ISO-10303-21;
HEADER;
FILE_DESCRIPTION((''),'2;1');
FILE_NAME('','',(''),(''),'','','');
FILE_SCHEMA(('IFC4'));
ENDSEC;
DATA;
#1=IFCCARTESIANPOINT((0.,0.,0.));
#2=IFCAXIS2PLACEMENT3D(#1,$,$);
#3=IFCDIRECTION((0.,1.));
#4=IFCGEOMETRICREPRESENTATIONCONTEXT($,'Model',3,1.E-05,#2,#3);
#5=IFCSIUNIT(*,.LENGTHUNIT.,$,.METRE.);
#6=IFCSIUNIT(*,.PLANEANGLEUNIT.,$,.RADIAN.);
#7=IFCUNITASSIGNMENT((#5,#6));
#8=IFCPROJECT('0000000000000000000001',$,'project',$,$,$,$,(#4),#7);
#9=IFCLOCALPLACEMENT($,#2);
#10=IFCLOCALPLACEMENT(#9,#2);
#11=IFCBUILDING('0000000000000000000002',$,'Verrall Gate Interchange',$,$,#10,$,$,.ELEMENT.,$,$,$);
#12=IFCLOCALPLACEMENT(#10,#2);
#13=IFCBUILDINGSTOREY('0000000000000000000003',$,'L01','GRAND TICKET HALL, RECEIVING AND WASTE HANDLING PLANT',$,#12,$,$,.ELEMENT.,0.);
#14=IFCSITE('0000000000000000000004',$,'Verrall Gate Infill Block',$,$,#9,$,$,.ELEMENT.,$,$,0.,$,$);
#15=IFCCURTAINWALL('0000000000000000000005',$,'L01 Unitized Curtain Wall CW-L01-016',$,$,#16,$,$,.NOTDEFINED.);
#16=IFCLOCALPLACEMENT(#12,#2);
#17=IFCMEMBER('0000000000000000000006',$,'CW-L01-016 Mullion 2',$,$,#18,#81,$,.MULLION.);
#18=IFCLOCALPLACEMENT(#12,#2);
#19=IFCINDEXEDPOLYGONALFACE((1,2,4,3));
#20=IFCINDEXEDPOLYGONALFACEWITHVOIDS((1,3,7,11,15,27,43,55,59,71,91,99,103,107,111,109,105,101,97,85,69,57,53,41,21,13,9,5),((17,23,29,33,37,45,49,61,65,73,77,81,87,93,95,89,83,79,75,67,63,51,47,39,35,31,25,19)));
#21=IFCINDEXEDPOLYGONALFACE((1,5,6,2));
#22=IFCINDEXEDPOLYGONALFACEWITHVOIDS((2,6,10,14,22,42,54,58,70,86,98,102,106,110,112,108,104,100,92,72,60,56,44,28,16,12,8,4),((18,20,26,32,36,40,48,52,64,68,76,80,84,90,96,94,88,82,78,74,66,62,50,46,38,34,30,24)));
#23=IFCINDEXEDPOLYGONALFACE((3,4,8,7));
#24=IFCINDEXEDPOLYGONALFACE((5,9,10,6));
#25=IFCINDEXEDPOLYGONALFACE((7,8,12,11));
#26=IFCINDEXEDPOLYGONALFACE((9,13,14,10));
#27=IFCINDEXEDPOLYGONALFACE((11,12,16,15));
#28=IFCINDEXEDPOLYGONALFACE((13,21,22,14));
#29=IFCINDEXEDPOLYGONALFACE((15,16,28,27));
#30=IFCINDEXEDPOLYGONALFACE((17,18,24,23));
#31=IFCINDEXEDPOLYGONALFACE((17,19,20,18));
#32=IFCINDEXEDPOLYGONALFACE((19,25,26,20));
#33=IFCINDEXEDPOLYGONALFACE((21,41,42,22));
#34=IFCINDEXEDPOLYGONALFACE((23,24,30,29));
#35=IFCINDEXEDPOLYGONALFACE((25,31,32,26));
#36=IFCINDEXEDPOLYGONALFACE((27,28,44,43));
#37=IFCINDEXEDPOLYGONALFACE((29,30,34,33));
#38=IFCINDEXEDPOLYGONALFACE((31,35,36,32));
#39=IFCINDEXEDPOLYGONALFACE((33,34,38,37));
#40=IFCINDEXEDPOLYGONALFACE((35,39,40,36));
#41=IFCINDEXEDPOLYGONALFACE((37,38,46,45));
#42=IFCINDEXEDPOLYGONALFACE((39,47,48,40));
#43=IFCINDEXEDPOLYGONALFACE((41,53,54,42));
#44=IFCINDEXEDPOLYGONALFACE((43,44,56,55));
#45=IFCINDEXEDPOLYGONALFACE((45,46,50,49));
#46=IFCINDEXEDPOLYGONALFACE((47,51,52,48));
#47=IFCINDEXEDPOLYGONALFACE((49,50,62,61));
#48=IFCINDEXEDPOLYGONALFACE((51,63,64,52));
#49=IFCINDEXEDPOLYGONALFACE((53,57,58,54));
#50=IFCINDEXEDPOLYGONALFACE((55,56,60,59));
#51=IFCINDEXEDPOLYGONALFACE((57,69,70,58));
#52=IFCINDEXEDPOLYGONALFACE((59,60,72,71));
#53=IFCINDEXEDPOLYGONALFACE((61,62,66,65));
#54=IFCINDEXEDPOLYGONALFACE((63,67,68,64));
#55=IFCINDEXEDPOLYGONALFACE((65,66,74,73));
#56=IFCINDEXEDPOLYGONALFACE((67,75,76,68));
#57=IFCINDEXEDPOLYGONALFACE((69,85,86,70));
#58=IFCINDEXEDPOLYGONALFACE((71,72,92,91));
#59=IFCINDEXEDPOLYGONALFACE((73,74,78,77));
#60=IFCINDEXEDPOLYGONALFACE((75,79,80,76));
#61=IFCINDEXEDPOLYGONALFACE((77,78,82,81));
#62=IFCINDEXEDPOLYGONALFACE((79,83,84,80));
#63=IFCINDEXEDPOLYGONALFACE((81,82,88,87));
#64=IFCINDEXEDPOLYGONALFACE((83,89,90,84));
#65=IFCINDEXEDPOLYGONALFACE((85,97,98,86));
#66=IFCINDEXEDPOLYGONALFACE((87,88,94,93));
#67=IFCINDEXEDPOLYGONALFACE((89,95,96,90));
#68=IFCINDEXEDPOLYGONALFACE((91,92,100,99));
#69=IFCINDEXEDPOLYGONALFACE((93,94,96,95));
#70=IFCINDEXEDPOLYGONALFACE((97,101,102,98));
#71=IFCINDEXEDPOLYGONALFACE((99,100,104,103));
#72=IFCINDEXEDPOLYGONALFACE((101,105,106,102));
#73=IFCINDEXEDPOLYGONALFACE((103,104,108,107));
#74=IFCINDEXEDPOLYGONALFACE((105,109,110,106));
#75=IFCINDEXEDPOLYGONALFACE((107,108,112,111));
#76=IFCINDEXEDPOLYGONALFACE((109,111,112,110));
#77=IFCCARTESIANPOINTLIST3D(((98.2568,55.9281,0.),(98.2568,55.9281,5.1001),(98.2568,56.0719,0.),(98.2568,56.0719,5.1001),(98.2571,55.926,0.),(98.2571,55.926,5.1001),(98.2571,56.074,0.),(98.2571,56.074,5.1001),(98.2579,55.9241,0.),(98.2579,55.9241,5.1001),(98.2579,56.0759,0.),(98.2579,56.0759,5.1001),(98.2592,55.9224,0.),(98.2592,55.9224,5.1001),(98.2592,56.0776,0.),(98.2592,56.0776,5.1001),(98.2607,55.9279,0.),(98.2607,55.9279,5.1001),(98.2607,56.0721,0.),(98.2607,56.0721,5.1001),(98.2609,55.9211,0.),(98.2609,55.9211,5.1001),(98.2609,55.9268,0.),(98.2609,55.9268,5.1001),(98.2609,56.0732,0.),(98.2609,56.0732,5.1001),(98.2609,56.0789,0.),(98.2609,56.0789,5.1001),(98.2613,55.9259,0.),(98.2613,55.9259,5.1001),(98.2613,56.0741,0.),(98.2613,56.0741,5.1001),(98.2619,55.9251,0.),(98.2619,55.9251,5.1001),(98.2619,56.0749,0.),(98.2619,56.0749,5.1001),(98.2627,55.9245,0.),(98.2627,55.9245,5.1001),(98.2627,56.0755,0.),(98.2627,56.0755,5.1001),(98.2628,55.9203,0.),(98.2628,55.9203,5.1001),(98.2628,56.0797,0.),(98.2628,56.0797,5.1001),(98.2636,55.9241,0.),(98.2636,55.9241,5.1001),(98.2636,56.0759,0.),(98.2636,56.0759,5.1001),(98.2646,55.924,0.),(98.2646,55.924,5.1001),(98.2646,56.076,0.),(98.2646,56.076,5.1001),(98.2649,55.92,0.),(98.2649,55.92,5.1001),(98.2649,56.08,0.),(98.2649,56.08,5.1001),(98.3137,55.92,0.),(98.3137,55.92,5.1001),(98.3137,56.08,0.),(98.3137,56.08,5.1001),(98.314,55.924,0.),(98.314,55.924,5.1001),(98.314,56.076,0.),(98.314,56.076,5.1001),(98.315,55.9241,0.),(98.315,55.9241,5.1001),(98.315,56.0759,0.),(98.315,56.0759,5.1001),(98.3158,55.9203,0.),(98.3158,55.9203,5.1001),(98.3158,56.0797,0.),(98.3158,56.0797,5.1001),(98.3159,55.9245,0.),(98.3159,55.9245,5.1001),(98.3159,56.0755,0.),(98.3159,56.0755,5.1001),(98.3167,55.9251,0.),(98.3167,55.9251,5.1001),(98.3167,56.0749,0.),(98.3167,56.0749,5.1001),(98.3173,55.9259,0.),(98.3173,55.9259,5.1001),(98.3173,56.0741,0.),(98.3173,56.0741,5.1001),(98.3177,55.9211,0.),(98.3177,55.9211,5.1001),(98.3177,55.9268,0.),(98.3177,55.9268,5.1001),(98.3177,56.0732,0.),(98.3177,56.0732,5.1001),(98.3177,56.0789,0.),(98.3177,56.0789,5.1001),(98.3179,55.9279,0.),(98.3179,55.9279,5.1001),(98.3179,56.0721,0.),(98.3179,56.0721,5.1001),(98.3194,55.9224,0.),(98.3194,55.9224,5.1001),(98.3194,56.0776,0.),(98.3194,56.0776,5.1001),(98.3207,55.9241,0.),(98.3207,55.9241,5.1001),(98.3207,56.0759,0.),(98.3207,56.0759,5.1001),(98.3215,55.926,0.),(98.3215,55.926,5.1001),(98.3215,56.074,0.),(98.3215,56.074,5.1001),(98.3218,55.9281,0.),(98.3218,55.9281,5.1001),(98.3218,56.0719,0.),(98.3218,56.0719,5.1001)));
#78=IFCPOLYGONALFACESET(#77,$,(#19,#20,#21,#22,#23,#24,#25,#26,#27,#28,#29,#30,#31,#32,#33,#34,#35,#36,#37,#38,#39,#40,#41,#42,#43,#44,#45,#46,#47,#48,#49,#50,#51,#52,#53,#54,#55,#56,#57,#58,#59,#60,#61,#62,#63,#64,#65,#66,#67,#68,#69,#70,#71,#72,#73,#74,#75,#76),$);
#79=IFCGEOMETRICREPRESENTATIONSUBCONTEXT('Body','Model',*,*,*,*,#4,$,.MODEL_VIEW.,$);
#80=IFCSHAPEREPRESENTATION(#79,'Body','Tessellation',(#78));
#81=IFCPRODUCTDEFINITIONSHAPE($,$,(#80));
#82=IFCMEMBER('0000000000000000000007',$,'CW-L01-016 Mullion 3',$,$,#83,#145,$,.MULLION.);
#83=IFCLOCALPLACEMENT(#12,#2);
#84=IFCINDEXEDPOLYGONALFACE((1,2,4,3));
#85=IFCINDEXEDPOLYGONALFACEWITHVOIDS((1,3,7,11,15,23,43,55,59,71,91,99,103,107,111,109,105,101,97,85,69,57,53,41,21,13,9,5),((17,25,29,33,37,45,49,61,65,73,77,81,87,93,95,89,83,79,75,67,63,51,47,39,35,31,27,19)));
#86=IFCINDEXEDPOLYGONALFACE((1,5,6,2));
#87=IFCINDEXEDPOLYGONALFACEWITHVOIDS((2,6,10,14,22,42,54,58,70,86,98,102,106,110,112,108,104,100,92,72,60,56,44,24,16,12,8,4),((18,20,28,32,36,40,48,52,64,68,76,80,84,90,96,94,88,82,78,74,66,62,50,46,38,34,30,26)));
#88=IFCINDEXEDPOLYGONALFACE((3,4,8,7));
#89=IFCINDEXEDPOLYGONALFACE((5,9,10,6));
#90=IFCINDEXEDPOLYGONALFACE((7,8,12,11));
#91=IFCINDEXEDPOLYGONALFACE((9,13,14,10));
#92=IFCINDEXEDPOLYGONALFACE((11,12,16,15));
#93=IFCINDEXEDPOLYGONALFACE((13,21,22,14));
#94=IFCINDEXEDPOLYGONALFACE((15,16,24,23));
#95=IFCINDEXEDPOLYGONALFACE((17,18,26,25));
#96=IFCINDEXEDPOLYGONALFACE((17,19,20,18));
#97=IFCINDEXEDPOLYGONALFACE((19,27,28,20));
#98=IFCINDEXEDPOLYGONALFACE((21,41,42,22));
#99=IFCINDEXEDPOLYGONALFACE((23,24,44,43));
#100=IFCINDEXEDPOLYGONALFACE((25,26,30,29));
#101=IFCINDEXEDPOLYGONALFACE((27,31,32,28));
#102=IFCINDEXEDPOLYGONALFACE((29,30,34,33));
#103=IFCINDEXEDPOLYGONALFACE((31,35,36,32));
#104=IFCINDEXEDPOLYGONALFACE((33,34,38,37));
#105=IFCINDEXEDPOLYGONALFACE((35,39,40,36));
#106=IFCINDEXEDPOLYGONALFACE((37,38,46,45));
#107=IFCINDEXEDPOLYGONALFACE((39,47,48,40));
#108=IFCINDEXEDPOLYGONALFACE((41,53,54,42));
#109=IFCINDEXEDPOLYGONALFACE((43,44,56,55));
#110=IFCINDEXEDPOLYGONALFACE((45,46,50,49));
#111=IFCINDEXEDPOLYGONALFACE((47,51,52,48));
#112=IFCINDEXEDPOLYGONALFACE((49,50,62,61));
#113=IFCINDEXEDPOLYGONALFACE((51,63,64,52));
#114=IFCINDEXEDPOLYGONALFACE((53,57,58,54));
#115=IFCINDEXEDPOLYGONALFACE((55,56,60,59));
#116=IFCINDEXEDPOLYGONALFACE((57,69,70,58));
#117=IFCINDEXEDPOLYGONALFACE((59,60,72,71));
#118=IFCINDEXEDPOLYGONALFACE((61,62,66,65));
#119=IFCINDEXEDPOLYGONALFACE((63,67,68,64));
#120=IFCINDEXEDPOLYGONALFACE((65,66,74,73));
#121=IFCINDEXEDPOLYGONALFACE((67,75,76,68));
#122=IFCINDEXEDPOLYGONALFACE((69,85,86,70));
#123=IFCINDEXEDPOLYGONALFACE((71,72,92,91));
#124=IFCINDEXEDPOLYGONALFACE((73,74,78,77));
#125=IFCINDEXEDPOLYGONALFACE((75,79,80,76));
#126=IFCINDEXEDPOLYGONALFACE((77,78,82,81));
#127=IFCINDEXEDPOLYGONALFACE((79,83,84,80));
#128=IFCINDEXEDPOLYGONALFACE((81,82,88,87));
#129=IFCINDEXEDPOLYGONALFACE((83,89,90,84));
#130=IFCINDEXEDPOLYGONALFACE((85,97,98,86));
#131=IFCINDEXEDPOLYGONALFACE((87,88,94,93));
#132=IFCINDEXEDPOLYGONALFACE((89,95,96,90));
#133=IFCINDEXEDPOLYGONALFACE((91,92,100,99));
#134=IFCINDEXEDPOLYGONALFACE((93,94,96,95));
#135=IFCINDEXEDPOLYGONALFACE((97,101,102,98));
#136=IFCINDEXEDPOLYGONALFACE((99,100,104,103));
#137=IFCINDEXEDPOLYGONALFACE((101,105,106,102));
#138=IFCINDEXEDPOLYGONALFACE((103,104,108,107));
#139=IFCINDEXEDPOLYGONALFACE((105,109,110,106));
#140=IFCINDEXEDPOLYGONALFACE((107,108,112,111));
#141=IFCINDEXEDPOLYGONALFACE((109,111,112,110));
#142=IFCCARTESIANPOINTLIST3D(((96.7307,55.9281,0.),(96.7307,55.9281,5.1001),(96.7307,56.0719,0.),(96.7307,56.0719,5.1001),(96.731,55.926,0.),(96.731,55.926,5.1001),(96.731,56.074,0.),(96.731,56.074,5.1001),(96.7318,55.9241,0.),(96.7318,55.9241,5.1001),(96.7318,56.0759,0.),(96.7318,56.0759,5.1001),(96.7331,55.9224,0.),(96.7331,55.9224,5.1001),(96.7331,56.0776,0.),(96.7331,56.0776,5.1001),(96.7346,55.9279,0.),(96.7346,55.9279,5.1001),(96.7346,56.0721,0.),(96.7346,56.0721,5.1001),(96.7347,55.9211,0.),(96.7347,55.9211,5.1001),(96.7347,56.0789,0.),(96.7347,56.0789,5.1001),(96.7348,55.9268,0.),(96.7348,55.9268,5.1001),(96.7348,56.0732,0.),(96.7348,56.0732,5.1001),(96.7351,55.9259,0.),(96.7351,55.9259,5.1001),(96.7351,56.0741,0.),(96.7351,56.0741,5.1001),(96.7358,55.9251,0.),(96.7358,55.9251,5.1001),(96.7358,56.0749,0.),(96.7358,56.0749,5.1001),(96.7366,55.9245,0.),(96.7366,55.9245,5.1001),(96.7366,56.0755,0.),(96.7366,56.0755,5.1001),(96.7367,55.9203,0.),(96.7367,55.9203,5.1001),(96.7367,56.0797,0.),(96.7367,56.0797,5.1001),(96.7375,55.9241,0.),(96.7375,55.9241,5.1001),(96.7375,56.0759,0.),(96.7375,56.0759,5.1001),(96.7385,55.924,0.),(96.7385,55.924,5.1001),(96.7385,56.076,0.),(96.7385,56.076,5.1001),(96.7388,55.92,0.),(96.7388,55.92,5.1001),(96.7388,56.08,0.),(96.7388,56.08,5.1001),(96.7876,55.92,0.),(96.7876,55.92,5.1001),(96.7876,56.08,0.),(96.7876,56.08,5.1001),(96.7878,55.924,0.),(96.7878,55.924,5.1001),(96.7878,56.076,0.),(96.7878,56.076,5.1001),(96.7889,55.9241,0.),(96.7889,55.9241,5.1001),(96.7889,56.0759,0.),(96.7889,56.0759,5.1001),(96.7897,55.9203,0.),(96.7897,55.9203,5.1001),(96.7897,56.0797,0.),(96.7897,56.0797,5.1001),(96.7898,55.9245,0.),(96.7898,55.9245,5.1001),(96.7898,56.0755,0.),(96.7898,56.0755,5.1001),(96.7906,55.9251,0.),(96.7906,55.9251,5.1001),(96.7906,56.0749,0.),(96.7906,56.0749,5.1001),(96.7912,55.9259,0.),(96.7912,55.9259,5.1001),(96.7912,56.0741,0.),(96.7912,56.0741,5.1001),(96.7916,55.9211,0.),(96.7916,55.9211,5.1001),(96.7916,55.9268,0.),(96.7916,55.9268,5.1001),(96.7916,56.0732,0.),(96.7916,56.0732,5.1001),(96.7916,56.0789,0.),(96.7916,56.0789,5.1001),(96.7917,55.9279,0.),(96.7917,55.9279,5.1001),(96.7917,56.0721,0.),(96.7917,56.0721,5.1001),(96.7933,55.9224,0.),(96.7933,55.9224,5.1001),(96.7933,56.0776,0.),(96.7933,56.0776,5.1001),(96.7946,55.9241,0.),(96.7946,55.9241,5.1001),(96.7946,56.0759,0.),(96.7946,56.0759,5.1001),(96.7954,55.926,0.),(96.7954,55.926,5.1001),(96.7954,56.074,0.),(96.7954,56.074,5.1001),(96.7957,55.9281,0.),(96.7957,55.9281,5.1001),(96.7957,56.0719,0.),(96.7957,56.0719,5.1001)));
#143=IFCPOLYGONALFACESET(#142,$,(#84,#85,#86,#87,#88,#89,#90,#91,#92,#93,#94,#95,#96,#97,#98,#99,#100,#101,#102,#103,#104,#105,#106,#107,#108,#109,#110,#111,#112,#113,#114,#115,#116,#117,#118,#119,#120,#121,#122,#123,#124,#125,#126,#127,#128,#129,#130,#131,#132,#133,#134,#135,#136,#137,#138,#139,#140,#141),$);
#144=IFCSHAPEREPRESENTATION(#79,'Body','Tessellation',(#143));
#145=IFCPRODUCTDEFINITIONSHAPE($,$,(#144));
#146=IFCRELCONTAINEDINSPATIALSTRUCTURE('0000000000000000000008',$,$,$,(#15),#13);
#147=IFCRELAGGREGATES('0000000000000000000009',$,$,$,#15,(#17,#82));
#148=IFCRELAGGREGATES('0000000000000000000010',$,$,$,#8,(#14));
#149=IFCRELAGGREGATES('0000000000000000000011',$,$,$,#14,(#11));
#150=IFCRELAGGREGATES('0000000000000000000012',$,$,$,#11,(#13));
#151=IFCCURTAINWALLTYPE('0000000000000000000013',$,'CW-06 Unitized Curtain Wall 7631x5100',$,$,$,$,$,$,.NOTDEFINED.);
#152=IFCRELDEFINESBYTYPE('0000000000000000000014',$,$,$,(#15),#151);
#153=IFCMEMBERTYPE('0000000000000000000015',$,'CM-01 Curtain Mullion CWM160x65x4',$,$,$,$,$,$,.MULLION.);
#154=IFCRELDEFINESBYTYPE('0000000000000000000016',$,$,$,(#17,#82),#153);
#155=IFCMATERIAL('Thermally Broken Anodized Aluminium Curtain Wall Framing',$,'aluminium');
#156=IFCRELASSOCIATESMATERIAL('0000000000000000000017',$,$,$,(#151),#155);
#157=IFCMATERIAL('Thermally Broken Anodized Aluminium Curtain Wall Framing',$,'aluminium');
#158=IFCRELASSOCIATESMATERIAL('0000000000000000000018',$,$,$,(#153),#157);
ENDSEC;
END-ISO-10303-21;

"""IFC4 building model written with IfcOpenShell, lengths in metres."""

from ifc_helpers import new_model, si_unit, direction, frame, origin, origin_2d, place, context, subcontext, project, spatial, hollow_rectangle, extrude, material, material_profile, profile_set, type_object, element, aggregate, save


model = new_model("IFC4")

# Units and contexts
model_context = context("Model", 3, precision=1e-05, world=origin(), true_north=direction((0.0, 1.0)))
body_context = subcontext(model_context, "Body", "Model", "MODEL_VIEW")
ifc_project = project(units=[si_unit("LENGTHUNIT", "METRE"), si_unit("PLANEANGLEUNIT", "RADIAN")], contexts=[model_context])

# Site, building, storey
site_placement = place(None, origin())
site = spatial("IfcSite", under=ifc_project, at=site_placement, Name="Verrall Gate Infill Block", CompositionType="ELEMENT", RefElevation=0.0)
building_placement = place(site_placement, origin())
building = spatial("IfcBuilding", under=site, at=building_placement, Name="Verrall Gate Interchange", CompositionType="ELEMENT")
storey_placement = place(building_placement, origin())
storey = spatial("IfcBuildingStorey", under=building, at=storey_placement, Name="L01", Description="GRAND TICKET HALL, RECEIVING AND WASTE HANDLING PLANT", CompositionType="ELEMENT", Elevation=0.0)

# Curtain wall, members
ifc_material_1 = material(Name="Thermally Broken Anodized Aluminium Curtain Wall Framing", Category="aluminium")
curtain_wall_type = type_object("IfcCurtainWallType", Name="CW-06 Unitized Curtain Wall 7631x5100", PredefinedType="NOTDEFINED", material=ifc_material_1)
curtain_wall_placement = place(storey_placement, origin())
curtain_wall = element("IfcCurtainWall", 1, at=curtain_wall_placement, inside=storey, type_object=curtain_wall_type, Name="L01 Unitized Curtain Wall CW-L01-016", PredefinedType="NOTDEFINED")
ifc_material_2 = material(Name="Thermally Broken Anodized Aluminium Curtain Wall Framing", Category="aluminium")
ifc_material_profile_1 = material_profile(ifc_material_2, hollow_rectangle(XDim=0.0649, YDim=0.1599, WallThickness=0.0039, InnerFilletRadius=0.0039, OuterFilletRadius=0.0081, at=origin_2d()), Name="CWM160x65x4")
ifc_profile_set_1 = profile_set([ifc_material_profile_1], Name="Thermally Broken Anodized Aluminium Curtain Wall Framing")
member_type_1 = type_object("IfcMemberType", Name="CM-01 Curtain Mullion CWM160x65x4", PredefinedType="MULLION", material=ifc_profile_set_1)
member_1_placement = place(storey_placement, frame((98.2893, 56.0, 0.0), z_axis=(0.0, 0.0, 1.0), x_axis=(-1.0, 0.0, 0.0)))
member_1 = element("IfcMember", 2, at=member_1_placement, type_object=member_type_1, Name="CW-L01-016 Mullion 2", PredefinedType="MULLION", context=body_context, shape_type="SweptSolid", body=[
    extrude(hollow_rectangle(XDim=0.0649, YDim=0.1599, WallThickness=0.0039, InnerFilletRadius=0.0039, OuterFilletRadius=0.0081, at=origin_2d()), origin(), (0.0, 0.0, 1.0), 5.1001),
])
member_2_placement = place(storey_placement, frame((96.7632, 56.0, 0.0), z_axis=(0.0, 0.0, 1.0), x_axis=(-1.0, 0.0, 0.0)))
member_2 = element("IfcMember", 3, at=member_2_placement, type_object=member_type_1, Name="CW-L01-016 Mullion 3", PredefinedType="MULLION", context=body_context, shape_type="SweptSolid", body=[
    extrude(hollow_rectangle(XDim=0.0649, YDim=0.1599, WallThickness=0.0039, InnerFilletRadius=0.0039, OuterFilletRadius=0.0081, at=origin_2d()), origin(), (0.0, 0.0, 1.0), 5.1001),
])

aggregate(curtain_wall, [member_1, member_2])

save(model, "model.ifc")
